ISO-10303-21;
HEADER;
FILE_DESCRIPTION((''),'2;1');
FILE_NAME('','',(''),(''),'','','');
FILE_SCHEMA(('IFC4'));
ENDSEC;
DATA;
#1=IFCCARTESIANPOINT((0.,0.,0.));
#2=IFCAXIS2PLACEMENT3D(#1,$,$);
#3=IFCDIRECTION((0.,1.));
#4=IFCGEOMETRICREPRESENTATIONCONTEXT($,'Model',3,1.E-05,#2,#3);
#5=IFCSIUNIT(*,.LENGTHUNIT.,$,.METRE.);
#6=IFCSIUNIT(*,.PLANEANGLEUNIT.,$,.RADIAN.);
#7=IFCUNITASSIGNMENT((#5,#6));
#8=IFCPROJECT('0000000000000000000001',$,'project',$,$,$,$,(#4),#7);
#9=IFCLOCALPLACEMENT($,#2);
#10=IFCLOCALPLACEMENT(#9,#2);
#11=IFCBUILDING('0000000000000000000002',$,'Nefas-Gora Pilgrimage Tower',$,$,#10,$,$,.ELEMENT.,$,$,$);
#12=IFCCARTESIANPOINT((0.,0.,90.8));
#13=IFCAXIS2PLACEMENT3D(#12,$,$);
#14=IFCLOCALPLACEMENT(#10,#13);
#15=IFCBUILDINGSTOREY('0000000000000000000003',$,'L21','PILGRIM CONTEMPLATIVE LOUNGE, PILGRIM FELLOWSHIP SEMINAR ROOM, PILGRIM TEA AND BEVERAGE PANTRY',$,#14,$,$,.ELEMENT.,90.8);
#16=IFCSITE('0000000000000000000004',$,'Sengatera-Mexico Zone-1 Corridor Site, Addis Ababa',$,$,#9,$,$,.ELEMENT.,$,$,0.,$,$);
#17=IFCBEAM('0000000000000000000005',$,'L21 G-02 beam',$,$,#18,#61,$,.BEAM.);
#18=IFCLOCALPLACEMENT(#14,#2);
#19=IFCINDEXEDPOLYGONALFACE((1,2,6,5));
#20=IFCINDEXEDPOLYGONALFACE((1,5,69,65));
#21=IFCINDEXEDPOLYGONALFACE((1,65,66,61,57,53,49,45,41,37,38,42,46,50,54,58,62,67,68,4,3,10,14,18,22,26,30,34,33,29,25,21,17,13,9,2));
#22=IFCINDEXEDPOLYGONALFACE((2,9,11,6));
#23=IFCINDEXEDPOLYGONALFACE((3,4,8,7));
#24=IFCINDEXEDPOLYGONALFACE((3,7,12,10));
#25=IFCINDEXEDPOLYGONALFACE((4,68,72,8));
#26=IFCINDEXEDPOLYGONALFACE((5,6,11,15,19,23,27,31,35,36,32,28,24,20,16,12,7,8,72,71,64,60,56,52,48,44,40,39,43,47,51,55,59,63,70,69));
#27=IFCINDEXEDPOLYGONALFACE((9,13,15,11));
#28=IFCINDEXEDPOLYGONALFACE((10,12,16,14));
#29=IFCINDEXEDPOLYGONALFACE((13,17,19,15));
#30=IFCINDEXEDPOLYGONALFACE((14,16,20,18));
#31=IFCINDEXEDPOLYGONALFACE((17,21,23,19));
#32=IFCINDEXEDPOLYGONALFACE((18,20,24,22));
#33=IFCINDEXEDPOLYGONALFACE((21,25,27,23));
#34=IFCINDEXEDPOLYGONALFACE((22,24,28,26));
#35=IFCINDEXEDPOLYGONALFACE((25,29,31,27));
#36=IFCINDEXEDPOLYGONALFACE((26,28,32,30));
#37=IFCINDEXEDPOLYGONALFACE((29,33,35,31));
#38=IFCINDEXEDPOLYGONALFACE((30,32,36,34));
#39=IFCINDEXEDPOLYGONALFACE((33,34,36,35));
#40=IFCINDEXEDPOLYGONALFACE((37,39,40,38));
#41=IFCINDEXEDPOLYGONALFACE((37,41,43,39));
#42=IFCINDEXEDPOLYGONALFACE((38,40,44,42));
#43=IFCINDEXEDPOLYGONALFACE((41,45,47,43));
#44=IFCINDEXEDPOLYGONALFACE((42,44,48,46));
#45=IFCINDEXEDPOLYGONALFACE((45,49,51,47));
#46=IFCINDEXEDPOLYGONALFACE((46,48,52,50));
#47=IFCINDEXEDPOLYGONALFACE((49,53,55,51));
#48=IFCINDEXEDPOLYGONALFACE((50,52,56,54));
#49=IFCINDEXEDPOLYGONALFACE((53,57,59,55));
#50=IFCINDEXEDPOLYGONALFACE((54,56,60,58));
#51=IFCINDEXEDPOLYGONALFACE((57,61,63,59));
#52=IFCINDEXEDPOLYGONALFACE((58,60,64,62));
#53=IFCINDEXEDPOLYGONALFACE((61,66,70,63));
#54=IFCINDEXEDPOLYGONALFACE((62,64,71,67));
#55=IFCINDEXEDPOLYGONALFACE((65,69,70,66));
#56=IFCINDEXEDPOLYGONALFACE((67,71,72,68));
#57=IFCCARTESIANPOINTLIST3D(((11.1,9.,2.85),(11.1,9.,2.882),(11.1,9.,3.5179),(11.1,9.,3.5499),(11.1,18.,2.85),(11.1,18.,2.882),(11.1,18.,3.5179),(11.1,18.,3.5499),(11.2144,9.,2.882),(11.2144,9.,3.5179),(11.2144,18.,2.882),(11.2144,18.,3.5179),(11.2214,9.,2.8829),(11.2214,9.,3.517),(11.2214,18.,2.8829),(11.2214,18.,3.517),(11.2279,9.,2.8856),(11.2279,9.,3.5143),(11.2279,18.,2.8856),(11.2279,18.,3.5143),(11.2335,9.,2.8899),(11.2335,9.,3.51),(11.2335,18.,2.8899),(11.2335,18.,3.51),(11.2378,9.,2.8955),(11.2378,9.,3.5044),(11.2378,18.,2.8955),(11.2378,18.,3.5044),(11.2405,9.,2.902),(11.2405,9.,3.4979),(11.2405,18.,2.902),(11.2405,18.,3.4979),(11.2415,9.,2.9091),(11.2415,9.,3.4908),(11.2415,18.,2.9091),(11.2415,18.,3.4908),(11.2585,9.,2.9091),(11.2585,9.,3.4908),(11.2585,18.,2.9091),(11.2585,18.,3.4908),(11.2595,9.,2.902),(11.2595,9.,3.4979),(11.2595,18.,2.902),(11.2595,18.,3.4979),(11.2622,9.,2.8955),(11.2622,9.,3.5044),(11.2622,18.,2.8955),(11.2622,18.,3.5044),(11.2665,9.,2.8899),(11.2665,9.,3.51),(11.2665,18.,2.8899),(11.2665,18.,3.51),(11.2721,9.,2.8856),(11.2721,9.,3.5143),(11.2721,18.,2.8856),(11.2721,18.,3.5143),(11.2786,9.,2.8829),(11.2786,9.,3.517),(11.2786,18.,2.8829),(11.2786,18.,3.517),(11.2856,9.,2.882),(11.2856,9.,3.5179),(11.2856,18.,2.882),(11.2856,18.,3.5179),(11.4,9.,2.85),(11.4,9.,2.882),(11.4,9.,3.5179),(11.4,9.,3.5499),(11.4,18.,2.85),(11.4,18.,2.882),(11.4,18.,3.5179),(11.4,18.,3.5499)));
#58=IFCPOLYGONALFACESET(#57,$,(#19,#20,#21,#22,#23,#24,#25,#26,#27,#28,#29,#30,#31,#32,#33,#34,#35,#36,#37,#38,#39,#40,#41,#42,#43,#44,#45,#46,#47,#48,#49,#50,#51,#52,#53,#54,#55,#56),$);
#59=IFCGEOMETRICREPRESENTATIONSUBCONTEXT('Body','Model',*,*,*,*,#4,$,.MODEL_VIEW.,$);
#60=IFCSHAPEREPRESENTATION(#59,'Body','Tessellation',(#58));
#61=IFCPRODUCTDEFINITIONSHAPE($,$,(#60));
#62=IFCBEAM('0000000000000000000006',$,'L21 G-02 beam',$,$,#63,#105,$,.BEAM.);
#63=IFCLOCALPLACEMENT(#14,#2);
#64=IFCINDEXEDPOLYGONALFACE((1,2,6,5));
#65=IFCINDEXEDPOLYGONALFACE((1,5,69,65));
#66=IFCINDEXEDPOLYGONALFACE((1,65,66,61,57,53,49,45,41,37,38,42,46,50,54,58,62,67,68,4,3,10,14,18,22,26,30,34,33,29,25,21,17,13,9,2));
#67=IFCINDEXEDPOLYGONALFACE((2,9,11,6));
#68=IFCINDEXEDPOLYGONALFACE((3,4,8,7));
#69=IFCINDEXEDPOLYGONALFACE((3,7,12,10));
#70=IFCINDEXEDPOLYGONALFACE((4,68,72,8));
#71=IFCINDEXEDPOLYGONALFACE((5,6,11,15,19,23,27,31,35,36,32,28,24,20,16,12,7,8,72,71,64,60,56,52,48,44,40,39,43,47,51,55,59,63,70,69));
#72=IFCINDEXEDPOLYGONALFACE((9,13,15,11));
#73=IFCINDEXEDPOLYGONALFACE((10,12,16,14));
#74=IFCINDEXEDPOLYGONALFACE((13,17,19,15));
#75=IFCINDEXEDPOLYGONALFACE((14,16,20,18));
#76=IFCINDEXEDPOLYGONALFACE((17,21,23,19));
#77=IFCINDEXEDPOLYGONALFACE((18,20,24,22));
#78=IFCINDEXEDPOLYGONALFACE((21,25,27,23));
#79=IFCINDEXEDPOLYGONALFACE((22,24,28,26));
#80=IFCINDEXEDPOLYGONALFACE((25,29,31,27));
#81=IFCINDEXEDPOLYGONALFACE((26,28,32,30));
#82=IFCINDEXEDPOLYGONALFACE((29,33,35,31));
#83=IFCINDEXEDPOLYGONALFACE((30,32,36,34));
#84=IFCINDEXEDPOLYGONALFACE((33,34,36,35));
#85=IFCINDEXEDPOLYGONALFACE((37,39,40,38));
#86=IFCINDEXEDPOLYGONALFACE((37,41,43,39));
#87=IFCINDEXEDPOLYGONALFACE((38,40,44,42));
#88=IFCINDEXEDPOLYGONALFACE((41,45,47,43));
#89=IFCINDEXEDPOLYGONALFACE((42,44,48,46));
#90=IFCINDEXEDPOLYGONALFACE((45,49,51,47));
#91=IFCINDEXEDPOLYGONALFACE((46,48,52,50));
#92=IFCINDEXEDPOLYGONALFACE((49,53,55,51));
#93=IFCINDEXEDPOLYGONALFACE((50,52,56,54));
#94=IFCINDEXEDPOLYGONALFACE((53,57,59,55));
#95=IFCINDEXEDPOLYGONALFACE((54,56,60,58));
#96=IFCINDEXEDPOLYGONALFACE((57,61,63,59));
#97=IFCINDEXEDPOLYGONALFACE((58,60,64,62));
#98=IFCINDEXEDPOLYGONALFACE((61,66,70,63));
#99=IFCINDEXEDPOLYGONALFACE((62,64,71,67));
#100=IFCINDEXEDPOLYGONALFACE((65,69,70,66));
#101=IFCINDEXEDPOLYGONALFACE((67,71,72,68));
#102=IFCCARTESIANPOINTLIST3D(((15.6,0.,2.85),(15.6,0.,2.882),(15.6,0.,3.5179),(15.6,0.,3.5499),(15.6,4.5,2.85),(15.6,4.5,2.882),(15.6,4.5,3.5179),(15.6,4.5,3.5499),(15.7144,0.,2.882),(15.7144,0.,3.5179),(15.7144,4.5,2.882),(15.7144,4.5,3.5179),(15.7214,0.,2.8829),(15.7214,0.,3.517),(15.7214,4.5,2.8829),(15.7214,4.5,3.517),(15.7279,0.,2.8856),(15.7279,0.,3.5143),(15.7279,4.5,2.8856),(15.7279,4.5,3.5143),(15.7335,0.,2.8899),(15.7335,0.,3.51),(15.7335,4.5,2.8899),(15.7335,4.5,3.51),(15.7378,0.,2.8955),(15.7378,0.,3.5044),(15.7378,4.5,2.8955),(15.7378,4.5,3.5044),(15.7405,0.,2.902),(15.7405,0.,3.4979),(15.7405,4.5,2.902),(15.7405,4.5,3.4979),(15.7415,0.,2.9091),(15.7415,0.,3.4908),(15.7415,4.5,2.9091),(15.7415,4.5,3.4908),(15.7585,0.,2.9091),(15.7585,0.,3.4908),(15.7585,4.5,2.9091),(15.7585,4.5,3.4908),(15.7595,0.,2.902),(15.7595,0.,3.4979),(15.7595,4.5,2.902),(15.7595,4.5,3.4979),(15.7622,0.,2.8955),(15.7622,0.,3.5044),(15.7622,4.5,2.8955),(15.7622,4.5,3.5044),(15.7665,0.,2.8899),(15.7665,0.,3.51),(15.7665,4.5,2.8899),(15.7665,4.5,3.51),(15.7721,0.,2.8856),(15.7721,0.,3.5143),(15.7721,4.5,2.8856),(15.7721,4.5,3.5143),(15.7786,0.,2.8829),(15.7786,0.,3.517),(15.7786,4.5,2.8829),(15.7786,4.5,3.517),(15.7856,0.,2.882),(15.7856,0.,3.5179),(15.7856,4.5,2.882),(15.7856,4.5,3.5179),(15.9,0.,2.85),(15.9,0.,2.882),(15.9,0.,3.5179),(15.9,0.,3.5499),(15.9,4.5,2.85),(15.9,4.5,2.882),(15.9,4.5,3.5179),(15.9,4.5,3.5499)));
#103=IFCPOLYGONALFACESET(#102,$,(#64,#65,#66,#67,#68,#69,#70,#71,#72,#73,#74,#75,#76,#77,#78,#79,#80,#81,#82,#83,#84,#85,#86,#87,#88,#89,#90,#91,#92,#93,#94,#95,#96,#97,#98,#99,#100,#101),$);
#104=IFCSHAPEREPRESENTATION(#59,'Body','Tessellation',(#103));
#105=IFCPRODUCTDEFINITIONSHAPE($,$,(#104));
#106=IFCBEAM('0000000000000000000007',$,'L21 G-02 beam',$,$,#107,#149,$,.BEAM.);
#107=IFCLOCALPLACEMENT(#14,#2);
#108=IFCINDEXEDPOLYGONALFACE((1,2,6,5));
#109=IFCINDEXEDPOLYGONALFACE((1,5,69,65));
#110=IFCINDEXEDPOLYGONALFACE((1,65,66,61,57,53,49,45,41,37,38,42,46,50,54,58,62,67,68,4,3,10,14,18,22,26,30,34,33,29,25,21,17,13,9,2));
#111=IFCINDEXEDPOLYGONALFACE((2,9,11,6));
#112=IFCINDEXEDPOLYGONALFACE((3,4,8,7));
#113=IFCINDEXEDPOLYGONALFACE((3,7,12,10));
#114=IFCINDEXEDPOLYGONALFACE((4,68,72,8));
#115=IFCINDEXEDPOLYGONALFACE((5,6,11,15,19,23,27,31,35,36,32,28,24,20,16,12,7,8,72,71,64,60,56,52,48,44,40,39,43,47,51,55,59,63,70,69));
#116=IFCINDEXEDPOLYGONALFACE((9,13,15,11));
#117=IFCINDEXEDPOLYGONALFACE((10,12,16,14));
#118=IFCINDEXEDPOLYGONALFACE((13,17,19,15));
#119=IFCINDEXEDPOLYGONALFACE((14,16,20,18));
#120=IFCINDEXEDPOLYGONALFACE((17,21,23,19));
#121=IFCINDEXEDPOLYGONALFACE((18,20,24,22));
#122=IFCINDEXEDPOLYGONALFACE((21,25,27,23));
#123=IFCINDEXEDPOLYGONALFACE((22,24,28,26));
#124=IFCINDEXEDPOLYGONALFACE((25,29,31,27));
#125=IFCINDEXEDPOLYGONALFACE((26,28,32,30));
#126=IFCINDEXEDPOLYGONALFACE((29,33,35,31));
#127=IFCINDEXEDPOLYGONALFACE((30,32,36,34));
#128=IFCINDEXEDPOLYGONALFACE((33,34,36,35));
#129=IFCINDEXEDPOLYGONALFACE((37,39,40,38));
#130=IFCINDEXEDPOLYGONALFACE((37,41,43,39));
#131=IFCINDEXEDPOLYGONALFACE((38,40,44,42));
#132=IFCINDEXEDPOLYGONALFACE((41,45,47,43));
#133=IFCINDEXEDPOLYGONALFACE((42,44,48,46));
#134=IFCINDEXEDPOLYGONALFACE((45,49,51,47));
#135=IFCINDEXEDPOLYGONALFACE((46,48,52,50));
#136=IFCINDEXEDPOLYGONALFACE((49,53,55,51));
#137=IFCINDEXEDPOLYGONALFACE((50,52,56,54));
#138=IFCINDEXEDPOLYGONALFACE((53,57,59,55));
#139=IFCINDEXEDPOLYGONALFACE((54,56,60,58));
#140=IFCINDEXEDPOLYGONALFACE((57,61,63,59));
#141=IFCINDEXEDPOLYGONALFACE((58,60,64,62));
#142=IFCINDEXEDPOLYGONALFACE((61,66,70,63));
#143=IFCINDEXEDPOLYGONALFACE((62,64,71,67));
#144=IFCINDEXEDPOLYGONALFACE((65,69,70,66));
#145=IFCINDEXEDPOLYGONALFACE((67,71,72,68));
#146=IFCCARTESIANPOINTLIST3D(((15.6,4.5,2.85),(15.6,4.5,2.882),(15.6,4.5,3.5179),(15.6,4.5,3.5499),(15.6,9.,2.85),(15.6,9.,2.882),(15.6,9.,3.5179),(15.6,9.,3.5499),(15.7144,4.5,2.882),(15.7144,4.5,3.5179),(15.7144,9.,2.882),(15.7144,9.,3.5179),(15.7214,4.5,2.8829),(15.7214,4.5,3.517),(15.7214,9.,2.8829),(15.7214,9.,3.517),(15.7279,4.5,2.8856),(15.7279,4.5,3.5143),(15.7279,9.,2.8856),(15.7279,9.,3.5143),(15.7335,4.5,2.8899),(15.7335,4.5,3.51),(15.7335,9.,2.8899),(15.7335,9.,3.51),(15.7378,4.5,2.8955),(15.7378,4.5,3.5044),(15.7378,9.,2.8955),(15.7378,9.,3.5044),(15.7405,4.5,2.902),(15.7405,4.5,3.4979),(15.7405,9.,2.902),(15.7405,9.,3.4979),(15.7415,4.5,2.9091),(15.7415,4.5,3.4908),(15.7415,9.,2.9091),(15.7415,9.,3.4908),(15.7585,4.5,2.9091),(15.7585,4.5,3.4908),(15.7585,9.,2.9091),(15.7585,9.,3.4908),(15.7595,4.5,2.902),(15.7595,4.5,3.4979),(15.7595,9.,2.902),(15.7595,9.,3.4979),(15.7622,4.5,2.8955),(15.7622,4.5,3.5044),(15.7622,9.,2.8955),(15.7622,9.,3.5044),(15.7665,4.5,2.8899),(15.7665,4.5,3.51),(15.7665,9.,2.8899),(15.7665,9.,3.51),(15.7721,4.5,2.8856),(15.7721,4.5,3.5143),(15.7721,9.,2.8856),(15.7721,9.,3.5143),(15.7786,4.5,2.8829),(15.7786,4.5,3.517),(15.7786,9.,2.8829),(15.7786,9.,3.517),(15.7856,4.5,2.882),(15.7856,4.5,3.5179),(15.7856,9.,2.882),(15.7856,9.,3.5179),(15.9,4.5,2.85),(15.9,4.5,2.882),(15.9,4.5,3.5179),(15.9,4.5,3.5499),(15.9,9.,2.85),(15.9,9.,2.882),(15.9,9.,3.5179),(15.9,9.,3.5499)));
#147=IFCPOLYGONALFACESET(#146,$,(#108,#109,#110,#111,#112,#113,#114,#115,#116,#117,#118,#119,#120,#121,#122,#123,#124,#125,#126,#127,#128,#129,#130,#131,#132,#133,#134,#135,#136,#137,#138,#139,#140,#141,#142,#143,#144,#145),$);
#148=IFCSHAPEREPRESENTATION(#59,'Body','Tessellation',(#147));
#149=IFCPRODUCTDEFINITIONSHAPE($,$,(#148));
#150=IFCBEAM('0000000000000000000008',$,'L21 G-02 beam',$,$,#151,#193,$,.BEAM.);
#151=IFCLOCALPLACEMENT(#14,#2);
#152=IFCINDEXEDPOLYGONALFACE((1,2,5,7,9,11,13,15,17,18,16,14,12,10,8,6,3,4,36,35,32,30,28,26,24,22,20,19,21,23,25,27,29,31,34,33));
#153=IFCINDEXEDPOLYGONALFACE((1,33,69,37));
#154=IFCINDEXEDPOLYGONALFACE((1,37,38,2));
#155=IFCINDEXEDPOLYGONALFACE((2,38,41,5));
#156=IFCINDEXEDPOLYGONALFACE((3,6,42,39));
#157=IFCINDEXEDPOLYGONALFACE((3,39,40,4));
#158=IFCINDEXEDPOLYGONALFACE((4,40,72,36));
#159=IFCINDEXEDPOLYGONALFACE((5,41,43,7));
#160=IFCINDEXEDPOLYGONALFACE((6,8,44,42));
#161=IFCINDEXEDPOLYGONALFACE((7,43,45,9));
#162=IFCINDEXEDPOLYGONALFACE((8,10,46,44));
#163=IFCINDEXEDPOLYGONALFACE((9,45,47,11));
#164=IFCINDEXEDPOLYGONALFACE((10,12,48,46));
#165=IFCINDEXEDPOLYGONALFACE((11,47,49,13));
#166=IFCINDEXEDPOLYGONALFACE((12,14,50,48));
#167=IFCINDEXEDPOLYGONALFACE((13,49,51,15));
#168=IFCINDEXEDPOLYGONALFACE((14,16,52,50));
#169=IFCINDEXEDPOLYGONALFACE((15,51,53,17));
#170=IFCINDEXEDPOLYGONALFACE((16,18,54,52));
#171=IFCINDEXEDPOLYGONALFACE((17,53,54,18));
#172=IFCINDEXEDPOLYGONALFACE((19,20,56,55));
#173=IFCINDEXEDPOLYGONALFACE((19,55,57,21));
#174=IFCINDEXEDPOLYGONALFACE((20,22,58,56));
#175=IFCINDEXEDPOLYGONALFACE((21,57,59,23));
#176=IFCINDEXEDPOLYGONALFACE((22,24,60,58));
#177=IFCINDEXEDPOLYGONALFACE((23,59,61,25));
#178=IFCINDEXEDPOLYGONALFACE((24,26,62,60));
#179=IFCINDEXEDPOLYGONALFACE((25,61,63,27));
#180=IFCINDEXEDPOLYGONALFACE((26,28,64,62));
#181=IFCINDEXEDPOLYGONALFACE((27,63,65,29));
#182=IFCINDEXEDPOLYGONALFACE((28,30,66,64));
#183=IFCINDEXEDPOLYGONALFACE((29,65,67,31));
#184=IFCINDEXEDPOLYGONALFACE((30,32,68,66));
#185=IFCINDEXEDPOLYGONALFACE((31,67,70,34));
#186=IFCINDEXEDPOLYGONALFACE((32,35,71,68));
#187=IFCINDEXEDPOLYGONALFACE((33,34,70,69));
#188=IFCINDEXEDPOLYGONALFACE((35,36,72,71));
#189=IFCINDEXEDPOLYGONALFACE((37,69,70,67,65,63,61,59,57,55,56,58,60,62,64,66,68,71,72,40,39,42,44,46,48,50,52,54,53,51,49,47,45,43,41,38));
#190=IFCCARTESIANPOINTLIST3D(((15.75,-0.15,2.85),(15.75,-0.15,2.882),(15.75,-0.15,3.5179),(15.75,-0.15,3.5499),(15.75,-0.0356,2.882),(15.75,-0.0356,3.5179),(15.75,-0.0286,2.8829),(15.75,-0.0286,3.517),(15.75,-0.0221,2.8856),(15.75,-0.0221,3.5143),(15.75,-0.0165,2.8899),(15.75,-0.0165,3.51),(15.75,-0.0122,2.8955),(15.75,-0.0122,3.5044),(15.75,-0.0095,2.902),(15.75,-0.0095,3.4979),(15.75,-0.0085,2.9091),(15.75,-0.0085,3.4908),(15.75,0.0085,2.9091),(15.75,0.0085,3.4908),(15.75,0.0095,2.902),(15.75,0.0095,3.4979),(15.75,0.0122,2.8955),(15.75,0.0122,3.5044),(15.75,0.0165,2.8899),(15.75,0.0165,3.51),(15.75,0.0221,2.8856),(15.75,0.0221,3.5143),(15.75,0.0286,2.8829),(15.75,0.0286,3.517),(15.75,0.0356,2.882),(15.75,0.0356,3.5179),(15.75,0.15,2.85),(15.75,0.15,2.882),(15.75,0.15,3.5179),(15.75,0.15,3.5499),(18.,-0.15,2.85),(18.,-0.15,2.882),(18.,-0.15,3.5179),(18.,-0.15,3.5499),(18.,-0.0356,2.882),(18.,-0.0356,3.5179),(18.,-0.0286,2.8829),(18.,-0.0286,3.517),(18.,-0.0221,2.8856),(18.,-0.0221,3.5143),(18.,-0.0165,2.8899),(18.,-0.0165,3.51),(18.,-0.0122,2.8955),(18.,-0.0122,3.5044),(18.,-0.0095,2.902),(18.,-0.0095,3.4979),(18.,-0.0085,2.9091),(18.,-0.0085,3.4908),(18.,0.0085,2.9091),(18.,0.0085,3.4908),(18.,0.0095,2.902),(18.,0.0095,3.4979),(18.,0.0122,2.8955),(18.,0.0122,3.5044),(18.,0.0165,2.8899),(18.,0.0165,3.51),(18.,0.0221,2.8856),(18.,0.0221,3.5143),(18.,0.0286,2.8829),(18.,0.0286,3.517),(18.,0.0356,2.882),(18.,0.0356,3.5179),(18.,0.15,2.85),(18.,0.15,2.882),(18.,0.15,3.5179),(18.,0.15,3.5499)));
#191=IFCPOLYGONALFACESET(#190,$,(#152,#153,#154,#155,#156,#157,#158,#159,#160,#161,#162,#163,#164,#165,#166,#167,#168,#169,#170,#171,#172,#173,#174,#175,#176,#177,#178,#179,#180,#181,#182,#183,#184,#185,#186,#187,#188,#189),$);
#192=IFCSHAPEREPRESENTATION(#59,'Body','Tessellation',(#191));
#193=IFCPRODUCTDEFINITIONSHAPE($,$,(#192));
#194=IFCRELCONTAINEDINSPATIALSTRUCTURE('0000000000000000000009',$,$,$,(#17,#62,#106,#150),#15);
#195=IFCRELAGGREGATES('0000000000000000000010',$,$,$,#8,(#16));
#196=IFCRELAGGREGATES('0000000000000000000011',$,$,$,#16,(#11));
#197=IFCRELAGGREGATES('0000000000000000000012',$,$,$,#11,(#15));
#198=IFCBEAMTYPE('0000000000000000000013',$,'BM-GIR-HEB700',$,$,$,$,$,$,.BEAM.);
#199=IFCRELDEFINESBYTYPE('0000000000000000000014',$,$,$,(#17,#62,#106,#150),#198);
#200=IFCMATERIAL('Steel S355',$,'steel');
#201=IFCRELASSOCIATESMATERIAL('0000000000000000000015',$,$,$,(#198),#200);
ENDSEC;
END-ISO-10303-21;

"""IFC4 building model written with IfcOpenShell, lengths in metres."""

from ifc_helpers import new_model, si_unit, direction, frame, origin, origin_2d, place, context, subcontext, project, spatial, i_section, extrude, source, transform, mapped, material, material_profile, profile_set, type_object, element, save


model = new_model("IFC4")

# Units and contexts
model_context = context("Model", 3, precision=1e-05, world=origin(), true_north=direction((0.0, 1.0)))
body_context = subcontext(model_context, "Body", "Model", "MODEL_VIEW")
ifc_project = project(units=[si_unit("LENGTHUNIT", "METRE"), si_unit("PLANEANGLEUNIT", "RADIAN")], contexts=[model_context])

# Site, building, storey
site_placement = place(None, origin())
site = spatial("IfcSite", under=ifc_project, at=site_placement, Name="Sengatera-Mexico Zone-1 Corridor Site, Addis Ababa", CompositionType="ELEMENT", RefElevation=0.0)
building_placement = place(site_placement, origin())
building = spatial("IfcBuilding", under=site, at=building_placement, Name="Nefas-Gora Pilgrimage Tower", CompositionType="ELEMENT")
storey_placement = place(building_placement, frame((0.0, 0.0, 90.8)))
storey = spatial("IfcBuildingStorey", under=building, at=storey_placement, Name="L21", Description="PILGRIM CONTEMPLATIVE LOUNGE, PILGRIM FELLOWSHIP SEMINAR ROOM, PILGRIM TEA AND BEVERAGE PANTRY", CompositionType="ELEMENT", Elevation=90.8)

# Beams
ifc_material_1 = material(Name="Steel S355", Category="steel")
ifc_material_profile_1 = material_profile(ifc_material_1, i_section(OverallWidth=0.3, OverallDepth=0.7, WebThickness=0.0171, FlangeThickness=0.032, FilletRadius=0.0271, at=origin_2d()), Name="HEB 700")
ifc_profile_set_1 = profile_set([ifc_material_profile_1], Name="Steel S355")
beam_type = type_object("IfcBeamType", Name="BM-GIR-HEB700", PredefinedType="BEAM", material=ifc_profile_set_1)
shared_shape_1 = source(origin(), body_context, "Body", "SweptSolid", [
    extrude(i_section(OverallWidth=0.3, OverallDepth=0.7, WebThickness=0.0171, FlangeThickness=0.032, FilletRadius=0.0271, at=origin_2d()), origin(), (0.0, 0.0, 1.0), 9.0),
])
beam_placement = place(storey_placement, frame((11.25, 9.0, 3.2), z_axis=(0.0, 1.0, 0.0), x_axis=(-1.0, 0.0, 0.0)))
element("IfcBeam", 1, at=beam_placement, inside=storey, type_object=beam_type, Name="L21 G-02 beam", PredefinedType="BEAM", context=body_context, shape_type="MappedRepresentation", body=[
    mapped(shared_shape_1, transform((0.0, 0.0, 0.0), x_axis=(1.0, 0.0, 0.0), y_axis=(0.0, 1.0, 0.0), z_axis=(0.0, 0.0, 1.0), scale=1.0)),
])
shared_shape_2 = source(origin(), body_context, "Body", "SweptSolid", [
    extrude(i_section(OverallWidth=0.3, OverallDepth=0.7, WebThickness=0.0171, FlangeThickness=0.032, FilletRadius=0.0271, at=origin_2d()), origin(), (0.0, 0.0, 1.0), 4.5),
])
for number, where, z_axis, x_axis, name in (
    (2, (15.75, 0.0, 3.2), (0.0, 1.0, 0.0), (-1.0, 0.0, 0.0), "L21 G-02 beam"),
    (3, (15.75, 4.5, 3.2), (0.0, 1.0, 0.0), (-1.0, 0.0, 0.0), "L21 G-02 beam"),
):
    element("IfcBeam", number, at=place(storey_placement, frame(where, z_axis=z_axis, x_axis=x_axis)), inside=storey, type_object=beam_type, Name=name, PredefinedType="BEAM", context=body_context, shape_type="MappedRepresentation", body=[
        mapped(shared_shape_2, transform((0.0, 0.0, 0.0), x_axis=(1.0, 0.0, 0.0), y_axis=(0.0, 1.0, 0.0), z_axis=(0.0, 0.0, 1.0), scale=1.0)),
    ])
shared_shape_3 = source(origin(), body_context, "Body", "SweptSolid", [
    extrude(i_section(OverallWidth=0.3, OverallDepth=0.7, WebThickness=0.0171, FlangeThickness=0.032, FilletRadius=0.0271, at=origin_2d()), origin(), (0.0, 0.0, 1.0), 2.25),
])
for number, where, z_axis, x_axis, name in (
    (4, (15.75, 0.0, 3.2), (1.0, 0.0, 0.0), (0.0, 1.0, 0.0), "L21 G-02 beam"),
):
    element("IfcBeam", number, at=place(storey_placement, frame(where, z_axis=z_axis, x_axis=x_axis)), inside=storey, type_object=beam_type, Name=name, PredefinedType="BEAM", context=body_context, shape_type="MappedRepresentation", body=[
        mapped(shared_shape_3, transform((0.0, 0.0, 0.0), x_axis=(1.0, 0.0, 0.0), y_axis=(0.0, 1.0, 0.0), z_axis=(0.0, 0.0, 1.0), scale=1.0)),
    ])

save(model, "model.ifc")
